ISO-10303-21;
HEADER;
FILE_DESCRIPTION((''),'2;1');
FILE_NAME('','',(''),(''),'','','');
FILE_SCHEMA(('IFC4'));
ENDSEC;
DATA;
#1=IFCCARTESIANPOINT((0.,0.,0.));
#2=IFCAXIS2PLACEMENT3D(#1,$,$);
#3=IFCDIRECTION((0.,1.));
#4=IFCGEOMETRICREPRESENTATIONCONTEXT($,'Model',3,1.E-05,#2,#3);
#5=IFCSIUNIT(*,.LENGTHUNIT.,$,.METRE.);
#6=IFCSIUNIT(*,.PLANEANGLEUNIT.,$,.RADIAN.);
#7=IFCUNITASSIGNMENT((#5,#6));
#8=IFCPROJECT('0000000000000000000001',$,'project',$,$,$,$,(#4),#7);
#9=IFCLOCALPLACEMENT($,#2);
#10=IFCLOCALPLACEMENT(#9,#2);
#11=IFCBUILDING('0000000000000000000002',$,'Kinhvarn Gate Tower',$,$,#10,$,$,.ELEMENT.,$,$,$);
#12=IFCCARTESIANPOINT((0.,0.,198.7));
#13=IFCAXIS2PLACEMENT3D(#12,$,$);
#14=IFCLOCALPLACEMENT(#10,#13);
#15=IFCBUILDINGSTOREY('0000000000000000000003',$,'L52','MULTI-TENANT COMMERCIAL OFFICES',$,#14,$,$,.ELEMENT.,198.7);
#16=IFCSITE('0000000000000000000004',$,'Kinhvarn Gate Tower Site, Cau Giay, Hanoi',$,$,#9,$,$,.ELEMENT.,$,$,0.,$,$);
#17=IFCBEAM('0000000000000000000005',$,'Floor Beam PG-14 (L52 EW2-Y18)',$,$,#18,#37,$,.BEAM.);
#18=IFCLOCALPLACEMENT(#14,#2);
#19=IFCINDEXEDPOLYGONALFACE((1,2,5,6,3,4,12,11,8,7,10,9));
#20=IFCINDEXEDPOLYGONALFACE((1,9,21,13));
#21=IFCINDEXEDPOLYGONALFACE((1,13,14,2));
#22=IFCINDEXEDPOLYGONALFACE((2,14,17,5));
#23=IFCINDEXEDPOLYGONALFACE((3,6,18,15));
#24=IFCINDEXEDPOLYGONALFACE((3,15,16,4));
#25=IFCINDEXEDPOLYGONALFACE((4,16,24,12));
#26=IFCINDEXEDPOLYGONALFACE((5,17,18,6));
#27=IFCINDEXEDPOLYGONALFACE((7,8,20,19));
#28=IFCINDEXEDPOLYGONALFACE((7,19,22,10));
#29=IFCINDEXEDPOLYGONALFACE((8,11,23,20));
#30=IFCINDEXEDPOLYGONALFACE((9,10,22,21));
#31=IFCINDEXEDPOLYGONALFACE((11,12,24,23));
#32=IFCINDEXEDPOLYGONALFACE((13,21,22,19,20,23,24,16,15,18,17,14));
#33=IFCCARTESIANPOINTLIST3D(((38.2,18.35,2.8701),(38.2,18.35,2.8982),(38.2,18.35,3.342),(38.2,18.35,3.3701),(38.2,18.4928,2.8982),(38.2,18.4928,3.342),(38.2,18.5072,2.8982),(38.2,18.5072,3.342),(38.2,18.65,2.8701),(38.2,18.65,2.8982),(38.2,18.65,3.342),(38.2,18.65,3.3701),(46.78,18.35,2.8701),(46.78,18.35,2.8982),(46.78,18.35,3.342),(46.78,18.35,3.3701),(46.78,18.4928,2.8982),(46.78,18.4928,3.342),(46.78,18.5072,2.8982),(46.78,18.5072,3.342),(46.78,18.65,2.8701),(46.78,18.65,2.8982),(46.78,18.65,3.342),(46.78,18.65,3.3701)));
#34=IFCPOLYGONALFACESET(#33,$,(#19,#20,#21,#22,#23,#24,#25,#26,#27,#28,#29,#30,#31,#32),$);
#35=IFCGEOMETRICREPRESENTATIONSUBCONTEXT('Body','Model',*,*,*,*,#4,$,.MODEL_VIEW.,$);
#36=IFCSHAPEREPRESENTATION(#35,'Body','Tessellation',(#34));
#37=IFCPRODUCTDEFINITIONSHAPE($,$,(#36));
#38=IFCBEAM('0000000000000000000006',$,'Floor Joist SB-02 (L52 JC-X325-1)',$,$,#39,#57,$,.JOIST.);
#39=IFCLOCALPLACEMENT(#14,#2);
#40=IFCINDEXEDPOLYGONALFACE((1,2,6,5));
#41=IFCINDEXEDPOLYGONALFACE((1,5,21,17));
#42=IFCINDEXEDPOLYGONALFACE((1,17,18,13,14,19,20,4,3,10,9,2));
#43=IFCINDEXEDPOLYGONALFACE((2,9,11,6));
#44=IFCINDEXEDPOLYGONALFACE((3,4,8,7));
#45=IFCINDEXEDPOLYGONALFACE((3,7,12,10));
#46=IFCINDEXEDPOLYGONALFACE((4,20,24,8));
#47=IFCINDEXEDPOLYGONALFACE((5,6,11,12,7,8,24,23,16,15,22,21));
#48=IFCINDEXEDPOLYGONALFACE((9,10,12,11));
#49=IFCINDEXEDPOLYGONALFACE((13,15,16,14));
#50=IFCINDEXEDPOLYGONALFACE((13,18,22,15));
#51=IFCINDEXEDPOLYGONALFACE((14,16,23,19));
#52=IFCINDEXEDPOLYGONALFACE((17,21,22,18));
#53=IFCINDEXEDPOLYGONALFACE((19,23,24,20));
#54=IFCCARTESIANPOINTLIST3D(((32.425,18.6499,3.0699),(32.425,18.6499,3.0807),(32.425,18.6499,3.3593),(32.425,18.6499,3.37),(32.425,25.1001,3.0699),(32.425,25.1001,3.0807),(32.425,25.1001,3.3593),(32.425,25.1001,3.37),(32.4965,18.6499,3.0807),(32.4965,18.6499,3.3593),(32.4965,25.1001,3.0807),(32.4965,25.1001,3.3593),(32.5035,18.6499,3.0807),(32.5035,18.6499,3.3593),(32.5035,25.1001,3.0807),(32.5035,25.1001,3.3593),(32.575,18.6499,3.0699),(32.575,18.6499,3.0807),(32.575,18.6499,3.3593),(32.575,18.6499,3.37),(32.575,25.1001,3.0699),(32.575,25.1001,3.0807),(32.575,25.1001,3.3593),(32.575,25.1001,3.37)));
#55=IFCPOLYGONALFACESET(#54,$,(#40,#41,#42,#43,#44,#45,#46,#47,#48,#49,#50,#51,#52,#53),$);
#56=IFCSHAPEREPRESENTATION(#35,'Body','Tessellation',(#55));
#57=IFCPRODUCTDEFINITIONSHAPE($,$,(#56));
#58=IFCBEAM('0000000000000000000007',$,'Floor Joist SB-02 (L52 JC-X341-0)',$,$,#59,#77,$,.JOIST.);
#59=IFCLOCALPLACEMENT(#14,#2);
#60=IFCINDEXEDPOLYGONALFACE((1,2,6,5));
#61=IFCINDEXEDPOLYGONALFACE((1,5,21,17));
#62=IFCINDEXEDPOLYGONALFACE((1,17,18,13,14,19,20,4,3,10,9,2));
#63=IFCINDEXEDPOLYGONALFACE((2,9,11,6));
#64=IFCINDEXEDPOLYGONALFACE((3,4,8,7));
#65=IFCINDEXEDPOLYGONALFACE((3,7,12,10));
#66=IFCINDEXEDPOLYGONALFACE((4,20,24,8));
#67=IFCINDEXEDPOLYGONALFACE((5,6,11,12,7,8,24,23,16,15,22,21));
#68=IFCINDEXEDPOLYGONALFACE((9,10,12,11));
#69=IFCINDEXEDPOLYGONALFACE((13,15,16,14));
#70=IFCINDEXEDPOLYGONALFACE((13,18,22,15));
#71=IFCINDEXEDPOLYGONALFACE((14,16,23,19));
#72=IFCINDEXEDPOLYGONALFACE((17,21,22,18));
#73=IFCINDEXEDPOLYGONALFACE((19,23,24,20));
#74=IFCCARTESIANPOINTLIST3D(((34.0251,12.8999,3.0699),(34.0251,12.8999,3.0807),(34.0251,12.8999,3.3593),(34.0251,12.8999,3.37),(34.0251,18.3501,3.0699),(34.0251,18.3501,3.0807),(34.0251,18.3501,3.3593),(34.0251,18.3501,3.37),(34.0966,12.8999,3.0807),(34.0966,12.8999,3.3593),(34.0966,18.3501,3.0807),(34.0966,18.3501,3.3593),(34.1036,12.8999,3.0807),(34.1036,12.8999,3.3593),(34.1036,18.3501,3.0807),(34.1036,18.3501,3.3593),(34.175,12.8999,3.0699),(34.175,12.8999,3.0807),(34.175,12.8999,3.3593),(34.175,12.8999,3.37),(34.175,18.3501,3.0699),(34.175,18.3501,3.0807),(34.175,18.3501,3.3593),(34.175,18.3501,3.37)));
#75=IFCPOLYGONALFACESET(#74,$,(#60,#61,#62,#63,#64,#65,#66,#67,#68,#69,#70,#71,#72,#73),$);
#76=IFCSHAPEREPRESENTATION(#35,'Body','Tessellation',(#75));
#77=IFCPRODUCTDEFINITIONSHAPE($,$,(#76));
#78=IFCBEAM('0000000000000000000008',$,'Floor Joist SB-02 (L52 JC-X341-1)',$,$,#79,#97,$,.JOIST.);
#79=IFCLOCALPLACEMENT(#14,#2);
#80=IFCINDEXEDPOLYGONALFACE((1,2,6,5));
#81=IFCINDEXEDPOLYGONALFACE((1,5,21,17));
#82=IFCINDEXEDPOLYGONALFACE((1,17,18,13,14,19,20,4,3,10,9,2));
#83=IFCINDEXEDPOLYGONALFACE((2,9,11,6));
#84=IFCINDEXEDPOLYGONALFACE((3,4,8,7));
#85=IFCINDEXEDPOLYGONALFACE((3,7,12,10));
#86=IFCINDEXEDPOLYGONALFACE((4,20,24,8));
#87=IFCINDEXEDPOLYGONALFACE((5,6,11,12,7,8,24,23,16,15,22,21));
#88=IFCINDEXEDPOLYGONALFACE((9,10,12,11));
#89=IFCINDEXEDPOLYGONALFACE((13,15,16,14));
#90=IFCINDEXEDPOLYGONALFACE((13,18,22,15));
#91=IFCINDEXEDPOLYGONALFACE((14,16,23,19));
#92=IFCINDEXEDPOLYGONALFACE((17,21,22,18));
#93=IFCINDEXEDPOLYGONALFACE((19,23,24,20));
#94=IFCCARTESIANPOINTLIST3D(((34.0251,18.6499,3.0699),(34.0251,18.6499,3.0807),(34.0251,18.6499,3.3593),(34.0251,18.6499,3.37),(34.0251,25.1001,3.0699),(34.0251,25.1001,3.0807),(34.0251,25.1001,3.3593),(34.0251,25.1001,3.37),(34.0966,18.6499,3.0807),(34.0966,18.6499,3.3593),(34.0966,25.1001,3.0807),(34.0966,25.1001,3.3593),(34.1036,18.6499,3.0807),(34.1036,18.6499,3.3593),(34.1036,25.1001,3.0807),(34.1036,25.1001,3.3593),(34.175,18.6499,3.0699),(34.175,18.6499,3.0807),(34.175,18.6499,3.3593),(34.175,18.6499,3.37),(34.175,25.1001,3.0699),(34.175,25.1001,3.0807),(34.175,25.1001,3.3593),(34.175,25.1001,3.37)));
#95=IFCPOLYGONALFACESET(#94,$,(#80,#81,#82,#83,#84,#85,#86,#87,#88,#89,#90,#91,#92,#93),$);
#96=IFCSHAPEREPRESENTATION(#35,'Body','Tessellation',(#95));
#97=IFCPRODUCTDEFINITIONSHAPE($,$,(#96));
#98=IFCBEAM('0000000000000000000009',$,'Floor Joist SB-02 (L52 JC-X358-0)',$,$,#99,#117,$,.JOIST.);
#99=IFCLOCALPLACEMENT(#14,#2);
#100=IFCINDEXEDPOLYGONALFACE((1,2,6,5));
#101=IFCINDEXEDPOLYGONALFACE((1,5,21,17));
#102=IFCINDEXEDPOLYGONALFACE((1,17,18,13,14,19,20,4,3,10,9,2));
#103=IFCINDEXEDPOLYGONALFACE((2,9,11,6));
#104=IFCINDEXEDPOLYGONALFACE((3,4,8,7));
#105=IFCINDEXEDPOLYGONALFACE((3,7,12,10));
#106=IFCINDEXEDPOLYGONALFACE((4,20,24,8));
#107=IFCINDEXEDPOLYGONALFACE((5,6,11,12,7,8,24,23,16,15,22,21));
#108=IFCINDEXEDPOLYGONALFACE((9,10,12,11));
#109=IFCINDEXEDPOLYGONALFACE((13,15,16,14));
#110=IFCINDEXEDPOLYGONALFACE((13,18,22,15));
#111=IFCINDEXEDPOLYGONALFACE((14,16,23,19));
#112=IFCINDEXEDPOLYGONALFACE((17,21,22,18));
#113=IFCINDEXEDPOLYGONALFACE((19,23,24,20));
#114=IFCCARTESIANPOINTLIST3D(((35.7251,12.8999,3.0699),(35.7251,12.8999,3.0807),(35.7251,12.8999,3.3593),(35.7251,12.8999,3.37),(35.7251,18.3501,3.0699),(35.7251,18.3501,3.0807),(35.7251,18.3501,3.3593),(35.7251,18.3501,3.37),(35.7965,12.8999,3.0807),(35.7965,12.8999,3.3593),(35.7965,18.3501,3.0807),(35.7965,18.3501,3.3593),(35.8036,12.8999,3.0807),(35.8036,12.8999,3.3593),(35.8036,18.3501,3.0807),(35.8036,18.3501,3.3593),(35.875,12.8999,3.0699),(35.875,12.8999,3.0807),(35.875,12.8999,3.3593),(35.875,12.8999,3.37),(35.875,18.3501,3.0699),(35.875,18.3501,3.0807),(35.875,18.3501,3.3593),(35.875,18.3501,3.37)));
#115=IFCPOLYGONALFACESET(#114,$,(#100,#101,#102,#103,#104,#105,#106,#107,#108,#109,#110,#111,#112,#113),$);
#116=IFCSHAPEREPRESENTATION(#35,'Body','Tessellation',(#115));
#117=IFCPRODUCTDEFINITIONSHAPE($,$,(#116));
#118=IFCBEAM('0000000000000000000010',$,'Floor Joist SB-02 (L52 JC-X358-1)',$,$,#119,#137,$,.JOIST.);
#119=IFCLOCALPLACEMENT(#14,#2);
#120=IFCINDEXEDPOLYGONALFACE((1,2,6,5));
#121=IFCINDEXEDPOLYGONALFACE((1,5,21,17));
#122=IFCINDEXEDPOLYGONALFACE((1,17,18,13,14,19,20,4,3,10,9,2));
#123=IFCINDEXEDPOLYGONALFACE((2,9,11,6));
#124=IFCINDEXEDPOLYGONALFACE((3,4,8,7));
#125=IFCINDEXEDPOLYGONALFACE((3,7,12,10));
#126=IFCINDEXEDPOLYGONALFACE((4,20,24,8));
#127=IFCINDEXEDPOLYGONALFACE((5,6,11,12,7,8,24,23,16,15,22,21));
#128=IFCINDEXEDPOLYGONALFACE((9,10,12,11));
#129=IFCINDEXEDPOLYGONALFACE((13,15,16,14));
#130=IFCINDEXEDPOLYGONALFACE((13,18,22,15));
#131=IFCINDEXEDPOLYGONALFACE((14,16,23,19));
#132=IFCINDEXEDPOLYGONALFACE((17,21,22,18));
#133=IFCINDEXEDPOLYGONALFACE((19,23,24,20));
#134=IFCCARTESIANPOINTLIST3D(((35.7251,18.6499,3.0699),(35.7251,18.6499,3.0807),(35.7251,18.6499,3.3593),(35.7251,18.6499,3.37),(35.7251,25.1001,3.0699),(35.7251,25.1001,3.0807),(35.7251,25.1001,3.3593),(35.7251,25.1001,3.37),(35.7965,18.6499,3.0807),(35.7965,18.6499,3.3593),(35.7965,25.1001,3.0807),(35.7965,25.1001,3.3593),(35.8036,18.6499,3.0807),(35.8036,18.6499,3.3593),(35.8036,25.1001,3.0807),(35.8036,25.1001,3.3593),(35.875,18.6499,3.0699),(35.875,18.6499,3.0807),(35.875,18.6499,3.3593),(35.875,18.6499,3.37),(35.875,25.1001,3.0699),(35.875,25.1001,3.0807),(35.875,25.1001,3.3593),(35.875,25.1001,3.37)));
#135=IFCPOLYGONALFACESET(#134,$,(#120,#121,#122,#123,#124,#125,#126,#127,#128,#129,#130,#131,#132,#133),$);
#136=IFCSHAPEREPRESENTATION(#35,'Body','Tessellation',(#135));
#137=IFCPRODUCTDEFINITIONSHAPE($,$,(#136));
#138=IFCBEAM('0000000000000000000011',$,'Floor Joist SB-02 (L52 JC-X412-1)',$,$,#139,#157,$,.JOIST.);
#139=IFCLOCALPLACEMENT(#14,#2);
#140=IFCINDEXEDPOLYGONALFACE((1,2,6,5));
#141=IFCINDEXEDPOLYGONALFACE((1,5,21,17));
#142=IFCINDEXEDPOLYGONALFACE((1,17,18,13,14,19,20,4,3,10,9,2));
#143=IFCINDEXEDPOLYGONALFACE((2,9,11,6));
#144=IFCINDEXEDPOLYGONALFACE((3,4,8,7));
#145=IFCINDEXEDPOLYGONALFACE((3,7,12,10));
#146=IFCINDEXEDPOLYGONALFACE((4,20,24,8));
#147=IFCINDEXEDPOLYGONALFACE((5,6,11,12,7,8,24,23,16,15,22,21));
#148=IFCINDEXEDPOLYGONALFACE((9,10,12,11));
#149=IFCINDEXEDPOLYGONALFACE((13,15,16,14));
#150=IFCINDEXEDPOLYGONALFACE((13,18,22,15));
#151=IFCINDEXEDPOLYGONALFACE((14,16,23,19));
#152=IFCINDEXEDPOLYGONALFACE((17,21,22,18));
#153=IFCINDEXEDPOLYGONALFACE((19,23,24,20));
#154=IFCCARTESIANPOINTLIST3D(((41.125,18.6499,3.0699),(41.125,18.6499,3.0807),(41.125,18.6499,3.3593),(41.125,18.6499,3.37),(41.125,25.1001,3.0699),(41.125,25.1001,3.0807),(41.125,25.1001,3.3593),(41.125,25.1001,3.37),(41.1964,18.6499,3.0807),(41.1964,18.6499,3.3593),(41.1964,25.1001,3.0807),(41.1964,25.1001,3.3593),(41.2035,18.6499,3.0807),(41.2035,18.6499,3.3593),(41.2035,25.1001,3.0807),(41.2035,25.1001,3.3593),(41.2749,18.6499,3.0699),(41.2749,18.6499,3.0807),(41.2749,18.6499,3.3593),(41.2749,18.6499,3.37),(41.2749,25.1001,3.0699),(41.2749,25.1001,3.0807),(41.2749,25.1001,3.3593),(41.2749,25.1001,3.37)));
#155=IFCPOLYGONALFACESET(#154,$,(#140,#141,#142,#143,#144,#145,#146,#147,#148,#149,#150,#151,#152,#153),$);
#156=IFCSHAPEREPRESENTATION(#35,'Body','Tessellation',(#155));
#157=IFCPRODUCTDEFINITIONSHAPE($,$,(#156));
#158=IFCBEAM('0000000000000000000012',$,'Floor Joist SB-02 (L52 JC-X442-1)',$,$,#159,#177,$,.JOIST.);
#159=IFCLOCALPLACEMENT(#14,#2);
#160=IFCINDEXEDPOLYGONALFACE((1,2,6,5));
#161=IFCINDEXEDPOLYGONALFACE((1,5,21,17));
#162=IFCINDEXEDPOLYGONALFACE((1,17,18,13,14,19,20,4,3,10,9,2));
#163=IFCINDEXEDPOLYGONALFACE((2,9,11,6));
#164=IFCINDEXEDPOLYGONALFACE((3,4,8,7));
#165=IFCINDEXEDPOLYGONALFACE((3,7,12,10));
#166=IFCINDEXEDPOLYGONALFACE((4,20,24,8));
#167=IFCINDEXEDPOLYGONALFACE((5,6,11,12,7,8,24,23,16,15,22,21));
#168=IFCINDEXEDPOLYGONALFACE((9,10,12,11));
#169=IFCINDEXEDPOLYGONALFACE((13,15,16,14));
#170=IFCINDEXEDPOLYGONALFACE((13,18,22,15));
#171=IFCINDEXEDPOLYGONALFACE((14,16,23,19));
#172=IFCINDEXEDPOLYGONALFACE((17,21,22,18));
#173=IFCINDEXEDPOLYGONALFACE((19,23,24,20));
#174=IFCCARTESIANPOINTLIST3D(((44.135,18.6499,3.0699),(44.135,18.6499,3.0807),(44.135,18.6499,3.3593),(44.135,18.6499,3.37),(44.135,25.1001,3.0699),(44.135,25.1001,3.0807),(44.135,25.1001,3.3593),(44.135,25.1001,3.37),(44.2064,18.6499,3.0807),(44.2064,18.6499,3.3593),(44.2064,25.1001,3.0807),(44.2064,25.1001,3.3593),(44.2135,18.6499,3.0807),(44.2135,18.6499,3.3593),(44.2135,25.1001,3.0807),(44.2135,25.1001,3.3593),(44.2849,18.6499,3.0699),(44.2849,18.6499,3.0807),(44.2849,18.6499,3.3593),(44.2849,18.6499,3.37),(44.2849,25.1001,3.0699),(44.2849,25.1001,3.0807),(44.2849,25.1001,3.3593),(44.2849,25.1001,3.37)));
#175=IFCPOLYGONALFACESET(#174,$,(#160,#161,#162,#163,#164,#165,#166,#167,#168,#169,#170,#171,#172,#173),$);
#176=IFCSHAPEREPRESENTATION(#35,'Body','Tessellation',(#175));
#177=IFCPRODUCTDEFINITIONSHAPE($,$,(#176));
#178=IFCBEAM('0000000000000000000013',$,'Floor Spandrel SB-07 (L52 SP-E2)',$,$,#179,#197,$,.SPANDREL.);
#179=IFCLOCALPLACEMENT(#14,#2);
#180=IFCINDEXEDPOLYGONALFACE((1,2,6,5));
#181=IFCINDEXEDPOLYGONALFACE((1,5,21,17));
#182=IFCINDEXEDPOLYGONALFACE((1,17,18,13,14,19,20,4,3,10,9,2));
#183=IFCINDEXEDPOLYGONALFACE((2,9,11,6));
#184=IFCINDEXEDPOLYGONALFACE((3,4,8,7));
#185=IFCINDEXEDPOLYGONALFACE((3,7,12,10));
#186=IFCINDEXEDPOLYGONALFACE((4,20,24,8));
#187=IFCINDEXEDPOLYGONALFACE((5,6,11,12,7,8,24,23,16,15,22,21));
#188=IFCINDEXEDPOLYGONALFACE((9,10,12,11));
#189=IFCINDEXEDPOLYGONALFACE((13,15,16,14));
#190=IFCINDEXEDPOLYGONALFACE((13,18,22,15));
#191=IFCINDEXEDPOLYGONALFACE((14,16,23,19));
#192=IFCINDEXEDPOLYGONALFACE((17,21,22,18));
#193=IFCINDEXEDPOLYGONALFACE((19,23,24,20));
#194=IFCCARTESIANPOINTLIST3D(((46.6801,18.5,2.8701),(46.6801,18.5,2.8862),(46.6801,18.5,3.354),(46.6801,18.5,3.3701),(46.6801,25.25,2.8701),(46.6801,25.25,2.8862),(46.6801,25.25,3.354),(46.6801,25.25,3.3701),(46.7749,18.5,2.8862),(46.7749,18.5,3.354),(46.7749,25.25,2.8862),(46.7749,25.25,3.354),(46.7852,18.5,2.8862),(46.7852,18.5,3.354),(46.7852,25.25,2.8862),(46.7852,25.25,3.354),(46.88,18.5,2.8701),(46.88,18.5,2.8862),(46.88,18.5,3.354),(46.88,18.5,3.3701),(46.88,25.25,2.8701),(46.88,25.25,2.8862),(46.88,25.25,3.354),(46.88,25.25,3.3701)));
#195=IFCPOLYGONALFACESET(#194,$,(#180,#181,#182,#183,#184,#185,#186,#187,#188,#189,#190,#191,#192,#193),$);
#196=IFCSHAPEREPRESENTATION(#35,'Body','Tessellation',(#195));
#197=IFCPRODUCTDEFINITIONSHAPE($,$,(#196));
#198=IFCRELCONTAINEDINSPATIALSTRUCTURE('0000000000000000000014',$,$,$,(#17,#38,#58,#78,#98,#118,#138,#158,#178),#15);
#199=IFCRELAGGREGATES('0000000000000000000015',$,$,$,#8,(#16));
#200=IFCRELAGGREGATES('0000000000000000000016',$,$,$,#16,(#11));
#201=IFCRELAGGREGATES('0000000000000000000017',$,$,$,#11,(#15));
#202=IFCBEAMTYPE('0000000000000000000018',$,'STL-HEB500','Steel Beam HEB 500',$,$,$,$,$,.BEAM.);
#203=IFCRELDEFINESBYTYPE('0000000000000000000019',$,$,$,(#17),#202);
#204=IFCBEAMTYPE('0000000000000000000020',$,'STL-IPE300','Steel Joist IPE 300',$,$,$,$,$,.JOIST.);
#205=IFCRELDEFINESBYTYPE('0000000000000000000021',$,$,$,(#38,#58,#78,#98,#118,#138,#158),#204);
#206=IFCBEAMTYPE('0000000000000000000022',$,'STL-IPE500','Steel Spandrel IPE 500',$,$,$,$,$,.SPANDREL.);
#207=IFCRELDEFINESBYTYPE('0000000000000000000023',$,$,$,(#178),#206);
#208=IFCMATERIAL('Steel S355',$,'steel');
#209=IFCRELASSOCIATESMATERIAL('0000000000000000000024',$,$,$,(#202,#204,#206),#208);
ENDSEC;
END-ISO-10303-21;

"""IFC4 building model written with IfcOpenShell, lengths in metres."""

from ifc_helpers import new_model, si_unit, direction, frame, origin, origin_2d, place, context, subcontext, project, spatial, i_section, extrude, material, material_profile, profile_set, type_object, element, save


model = new_model("IFC4")

# Units and contexts
model_context = context("Model", 3, precision=1e-05, world=origin(), true_north=direction((0.0, 1.0)))
body_context = subcontext(model_context, "Body", "Model", "MODEL_VIEW")
ifc_project = project(units=[si_unit("LENGTHUNIT", "METRE"), si_unit("PLANEANGLEUNIT", "RADIAN")], contexts=[model_context])

# Site, building, storey
site_placement = place(None, origin())
site = spatial("IfcSite", under=ifc_project, at=site_placement, Name="Kinhvarn Gate Tower Site, Cau Giay, Hanoi", CompositionType="ELEMENT", RefElevation=0.0)
building_placement = place(site_placement, origin())
building = spatial("IfcBuilding", under=site, at=building_placement, Name="Kinhvarn Gate Tower", CompositionType="ELEMENT")
storey_placement = place(building_placement, frame((0.0, 0.0, 198.7)))
storey = spatial("IfcBuildingStorey", under=building, at=storey_placement, Name="L52", Description="MULTI-TENANT COMMERCIAL OFFICES", CompositionType="ELEMENT", Elevation=198.7)

# Beams
ifc_material_1 = material(Name="Steel S355", Category="steel")
ifc_material_profile_1 = material_profile(ifc_material_1, i_section(OverallWidth=0.3, OverallDepth=0.5, WebThickness=0.0144, FlangeThickness=0.0281, at=origin_2d()), Name="HEB 500")
ifc_profile_set_1 = profile_set([ifc_material_profile_1], Name="Steel S355")
beam_type_1 = type_object("IfcBeamType", Name="STL-HEB500", Description="Steel Beam HEB 500", PredefinedType="BEAM", material=ifc_profile_set_1)
beam_1_placement = place(storey_placement, frame((38.2, 18.5, 3.1201), z_axis=(1.0, 0.0, 0.0), x_axis=(0.0, 1.0, 0.0)))
element("IfcBeam", 1, at=beam_1_placement, inside=storey, type_object=beam_type_1, Name="Floor Beam PG-14 (L52 EW2-Y18)", PredefinedType="BEAM", context=body_context, shape_type="SweptSolid", body=[
    extrude(i_section(OverallWidth=0.3, OverallDepth=0.5, WebThickness=0.0144, FlangeThickness=0.0281, at=origin_2d()), origin(), (0.0, 0.0, 1.0), 8.5801),
])
ifc_material_profile_2 = material_profile(ifc_material_1, i_section(OverallWidth=0.1499, OverallDepth=0.3, WebThickness=0.0071, FlangeThickness=0.0107, at=origin_2d()), Name="IPE 300")
ifc_profile_set_2 = profile_set([ifc_material_profile_2], Name="Steel S355")
beam_type_2 = type_object("IfcBeamType", Name="STL-IPE300", Description="Steel Joist IPE 300", PredefinedType="JOIST", material=ifc_profile_set_2)
beam_2_placement = place(storey_placement, frame((32.5, 18.6499, 3.22), z_axis=(0.0, 1.0, 0.0), x_axis=(-1.0, 0.0, 0.0)))
element("IfcBeam", 2, at=beam_2_placement, inside=storey, type_object=beam_type_2, Name="Floor Joist SB-02 (L52 JC-X325-1)", PredefinedType="JOIST", context=body_context, shape_type="SweptSolid", body=[
    extrude(i_section(OverallWidth=0.1499, OverallDepth=0.3, WebThickness=0.0071, FlangeThickness=0.0107, at=origin_2d()), origin(), (0.0, 0.0, 1.0), 6.4502),
])
beam_3_placement = place(storey_placement, frame((34.1001, 12.8999, 3.22), z_axis=(0.0, 1.0, 0.0), x_axis=(-1.0, 0.0, 0.0)))
element("IfcBeam", 3, at=beam_3_placement, inside=storey, type_object=beam_type_2, Name="Floor Joist SB-02 (L52 JC-X341-0)", PredefinedType="JOIST", context=body_context, shape_type="SweptSolid", body=[
    extrude(i_section(OverallWidth=0.1499, OverallDepth=0.3, WebThickness=0.0071, FlangeThickness=0.0107, at=origin_2d()), origin(), (0.0, 0.0, 1.0), 5.4502),
])
beam_4_placement = place(storey_placement, frame((34.1001, 18.6499, 3.22), z_axis=(0.0, 1.0, 0.0), x_axis=(-1.0, 0.0, 0.0)))
element("IfcBeam", 4, at=beam_4_placement, inside=storey, type_object=beam_type_2, Name="Floor Joist SB-02 (L52 JC-X341-1)", PredefinedType="JOIST", context=body_context, shape_type="SweptSolid", body=[
    extrude(i_section(OverallWidth=0.1499, OverallDepth=0.3, WebThickness=0.0071, FlangeThickness=0.0107, at=origin_2d()), origin(), (0.0, 0.0, 1.0), 6.4502),
])
beam_5_placement = place(storey_placement, frame((35.8, 12.8999, 3.22), z_axis=(0.0, 1.0, 0.0), x_axis=(-1.0, 0.0, 0.0)))
element("IfcBeam", 5, at=beam_5_placement, inside=storey, type_object=beam_type_2, Name="Floor Joist SB-02 (L52 JC-X358-0)", PredefinedType="JOIST", context=body_context, shape_type="SweptSolid", body=[
    extrude(i_section(OverallWidth=0.1499, OverallDepth=0.3, WebThickness=0.0071, FlangeThickness=0.0107, at=origin_2d()), origin(), (0.0, 0.0, 1.0), 5.4502),
])
for number, where, z_axis, x_axis, name in (
    (6, (35.8, 18.6499, 3.22), (0.0, 1.0, 0.0), (-1.0, 0.0, 0.0), "Floor Joist SB-02 (L52 JC-X358-1)"),
    (7, (41.2, 18.6499, 3.22), (0.0, 1.0, 0.0), (-1.0, 0.0, 0.0), "Floor Joist SB-02 (L52 JC-X412-1)"),
    (8, (44.21, 18.6499, 3.22), (0.0, 1.0, 0.0), (-1.0, 0.0, 0.0), "Floor Joist SB-02 (L52 JC-X442-1)"),
):
    element("IfcBeam", number, at=place(storey_placement, frame(where, z_axis=z_axis, x_axis=x_axis)), inside=storey, type_object=beam_type_2, Name=name, PredefinedType="JOIST", context=body_context, shape_type="SweptSolid", body=[
        extrude(i_section(OverallWidth=0.1499, OverallDepth=0.3, WebThickness=0.0071, FlangeThickness=0.0107, at=origin_2d()), origin(), (0.0, 0.0, 1.0), 6.4502),
    ])
ifc_material_profile_3 = material_profile(ifc_material_1, i_section(OverallWidth=0.2, OverallDepth=0.5, WebThickness=0.0103, FlangeThickness=0.0161, at=origin_2d()), Name="IPE 500")
ifc_profile_set_3 = profile_set([ifc_material_profile_3], Name="Steel S355")
beam_type_3 = type_object("IfcBeamType", Name="STL-IPE500", Description="Steel Spandrel IPE 500", PredefinedType="SPANDREL", material=ifc_profile_set_3)
beam_6_placement = place(storey_placement, frame((46.78, 18.5, 3.1201), z_axis=(0.0, 1.0, 0.0), x_axis=(-1.0, 0.0, 0.0)))
element("IfcBeam", 9, at=beam_6_placement, inside=storey, type_object=beam_type_3, Name="Floor Spandrel SB-07 (L52 SP-E2)", PredefinedType="SPANDREL", context=body_context, shape_type="SweptSolid", body=[
    extrude(i_section(OverallWidth=0.2, OverallDepth=0.5, WebThickness=0.0103, FlangeThickness=0.0161, at=origin_2d()), origin(), (0.0, 0.0, 1.0), 6.75),
])

save(model, "model.ifc")
